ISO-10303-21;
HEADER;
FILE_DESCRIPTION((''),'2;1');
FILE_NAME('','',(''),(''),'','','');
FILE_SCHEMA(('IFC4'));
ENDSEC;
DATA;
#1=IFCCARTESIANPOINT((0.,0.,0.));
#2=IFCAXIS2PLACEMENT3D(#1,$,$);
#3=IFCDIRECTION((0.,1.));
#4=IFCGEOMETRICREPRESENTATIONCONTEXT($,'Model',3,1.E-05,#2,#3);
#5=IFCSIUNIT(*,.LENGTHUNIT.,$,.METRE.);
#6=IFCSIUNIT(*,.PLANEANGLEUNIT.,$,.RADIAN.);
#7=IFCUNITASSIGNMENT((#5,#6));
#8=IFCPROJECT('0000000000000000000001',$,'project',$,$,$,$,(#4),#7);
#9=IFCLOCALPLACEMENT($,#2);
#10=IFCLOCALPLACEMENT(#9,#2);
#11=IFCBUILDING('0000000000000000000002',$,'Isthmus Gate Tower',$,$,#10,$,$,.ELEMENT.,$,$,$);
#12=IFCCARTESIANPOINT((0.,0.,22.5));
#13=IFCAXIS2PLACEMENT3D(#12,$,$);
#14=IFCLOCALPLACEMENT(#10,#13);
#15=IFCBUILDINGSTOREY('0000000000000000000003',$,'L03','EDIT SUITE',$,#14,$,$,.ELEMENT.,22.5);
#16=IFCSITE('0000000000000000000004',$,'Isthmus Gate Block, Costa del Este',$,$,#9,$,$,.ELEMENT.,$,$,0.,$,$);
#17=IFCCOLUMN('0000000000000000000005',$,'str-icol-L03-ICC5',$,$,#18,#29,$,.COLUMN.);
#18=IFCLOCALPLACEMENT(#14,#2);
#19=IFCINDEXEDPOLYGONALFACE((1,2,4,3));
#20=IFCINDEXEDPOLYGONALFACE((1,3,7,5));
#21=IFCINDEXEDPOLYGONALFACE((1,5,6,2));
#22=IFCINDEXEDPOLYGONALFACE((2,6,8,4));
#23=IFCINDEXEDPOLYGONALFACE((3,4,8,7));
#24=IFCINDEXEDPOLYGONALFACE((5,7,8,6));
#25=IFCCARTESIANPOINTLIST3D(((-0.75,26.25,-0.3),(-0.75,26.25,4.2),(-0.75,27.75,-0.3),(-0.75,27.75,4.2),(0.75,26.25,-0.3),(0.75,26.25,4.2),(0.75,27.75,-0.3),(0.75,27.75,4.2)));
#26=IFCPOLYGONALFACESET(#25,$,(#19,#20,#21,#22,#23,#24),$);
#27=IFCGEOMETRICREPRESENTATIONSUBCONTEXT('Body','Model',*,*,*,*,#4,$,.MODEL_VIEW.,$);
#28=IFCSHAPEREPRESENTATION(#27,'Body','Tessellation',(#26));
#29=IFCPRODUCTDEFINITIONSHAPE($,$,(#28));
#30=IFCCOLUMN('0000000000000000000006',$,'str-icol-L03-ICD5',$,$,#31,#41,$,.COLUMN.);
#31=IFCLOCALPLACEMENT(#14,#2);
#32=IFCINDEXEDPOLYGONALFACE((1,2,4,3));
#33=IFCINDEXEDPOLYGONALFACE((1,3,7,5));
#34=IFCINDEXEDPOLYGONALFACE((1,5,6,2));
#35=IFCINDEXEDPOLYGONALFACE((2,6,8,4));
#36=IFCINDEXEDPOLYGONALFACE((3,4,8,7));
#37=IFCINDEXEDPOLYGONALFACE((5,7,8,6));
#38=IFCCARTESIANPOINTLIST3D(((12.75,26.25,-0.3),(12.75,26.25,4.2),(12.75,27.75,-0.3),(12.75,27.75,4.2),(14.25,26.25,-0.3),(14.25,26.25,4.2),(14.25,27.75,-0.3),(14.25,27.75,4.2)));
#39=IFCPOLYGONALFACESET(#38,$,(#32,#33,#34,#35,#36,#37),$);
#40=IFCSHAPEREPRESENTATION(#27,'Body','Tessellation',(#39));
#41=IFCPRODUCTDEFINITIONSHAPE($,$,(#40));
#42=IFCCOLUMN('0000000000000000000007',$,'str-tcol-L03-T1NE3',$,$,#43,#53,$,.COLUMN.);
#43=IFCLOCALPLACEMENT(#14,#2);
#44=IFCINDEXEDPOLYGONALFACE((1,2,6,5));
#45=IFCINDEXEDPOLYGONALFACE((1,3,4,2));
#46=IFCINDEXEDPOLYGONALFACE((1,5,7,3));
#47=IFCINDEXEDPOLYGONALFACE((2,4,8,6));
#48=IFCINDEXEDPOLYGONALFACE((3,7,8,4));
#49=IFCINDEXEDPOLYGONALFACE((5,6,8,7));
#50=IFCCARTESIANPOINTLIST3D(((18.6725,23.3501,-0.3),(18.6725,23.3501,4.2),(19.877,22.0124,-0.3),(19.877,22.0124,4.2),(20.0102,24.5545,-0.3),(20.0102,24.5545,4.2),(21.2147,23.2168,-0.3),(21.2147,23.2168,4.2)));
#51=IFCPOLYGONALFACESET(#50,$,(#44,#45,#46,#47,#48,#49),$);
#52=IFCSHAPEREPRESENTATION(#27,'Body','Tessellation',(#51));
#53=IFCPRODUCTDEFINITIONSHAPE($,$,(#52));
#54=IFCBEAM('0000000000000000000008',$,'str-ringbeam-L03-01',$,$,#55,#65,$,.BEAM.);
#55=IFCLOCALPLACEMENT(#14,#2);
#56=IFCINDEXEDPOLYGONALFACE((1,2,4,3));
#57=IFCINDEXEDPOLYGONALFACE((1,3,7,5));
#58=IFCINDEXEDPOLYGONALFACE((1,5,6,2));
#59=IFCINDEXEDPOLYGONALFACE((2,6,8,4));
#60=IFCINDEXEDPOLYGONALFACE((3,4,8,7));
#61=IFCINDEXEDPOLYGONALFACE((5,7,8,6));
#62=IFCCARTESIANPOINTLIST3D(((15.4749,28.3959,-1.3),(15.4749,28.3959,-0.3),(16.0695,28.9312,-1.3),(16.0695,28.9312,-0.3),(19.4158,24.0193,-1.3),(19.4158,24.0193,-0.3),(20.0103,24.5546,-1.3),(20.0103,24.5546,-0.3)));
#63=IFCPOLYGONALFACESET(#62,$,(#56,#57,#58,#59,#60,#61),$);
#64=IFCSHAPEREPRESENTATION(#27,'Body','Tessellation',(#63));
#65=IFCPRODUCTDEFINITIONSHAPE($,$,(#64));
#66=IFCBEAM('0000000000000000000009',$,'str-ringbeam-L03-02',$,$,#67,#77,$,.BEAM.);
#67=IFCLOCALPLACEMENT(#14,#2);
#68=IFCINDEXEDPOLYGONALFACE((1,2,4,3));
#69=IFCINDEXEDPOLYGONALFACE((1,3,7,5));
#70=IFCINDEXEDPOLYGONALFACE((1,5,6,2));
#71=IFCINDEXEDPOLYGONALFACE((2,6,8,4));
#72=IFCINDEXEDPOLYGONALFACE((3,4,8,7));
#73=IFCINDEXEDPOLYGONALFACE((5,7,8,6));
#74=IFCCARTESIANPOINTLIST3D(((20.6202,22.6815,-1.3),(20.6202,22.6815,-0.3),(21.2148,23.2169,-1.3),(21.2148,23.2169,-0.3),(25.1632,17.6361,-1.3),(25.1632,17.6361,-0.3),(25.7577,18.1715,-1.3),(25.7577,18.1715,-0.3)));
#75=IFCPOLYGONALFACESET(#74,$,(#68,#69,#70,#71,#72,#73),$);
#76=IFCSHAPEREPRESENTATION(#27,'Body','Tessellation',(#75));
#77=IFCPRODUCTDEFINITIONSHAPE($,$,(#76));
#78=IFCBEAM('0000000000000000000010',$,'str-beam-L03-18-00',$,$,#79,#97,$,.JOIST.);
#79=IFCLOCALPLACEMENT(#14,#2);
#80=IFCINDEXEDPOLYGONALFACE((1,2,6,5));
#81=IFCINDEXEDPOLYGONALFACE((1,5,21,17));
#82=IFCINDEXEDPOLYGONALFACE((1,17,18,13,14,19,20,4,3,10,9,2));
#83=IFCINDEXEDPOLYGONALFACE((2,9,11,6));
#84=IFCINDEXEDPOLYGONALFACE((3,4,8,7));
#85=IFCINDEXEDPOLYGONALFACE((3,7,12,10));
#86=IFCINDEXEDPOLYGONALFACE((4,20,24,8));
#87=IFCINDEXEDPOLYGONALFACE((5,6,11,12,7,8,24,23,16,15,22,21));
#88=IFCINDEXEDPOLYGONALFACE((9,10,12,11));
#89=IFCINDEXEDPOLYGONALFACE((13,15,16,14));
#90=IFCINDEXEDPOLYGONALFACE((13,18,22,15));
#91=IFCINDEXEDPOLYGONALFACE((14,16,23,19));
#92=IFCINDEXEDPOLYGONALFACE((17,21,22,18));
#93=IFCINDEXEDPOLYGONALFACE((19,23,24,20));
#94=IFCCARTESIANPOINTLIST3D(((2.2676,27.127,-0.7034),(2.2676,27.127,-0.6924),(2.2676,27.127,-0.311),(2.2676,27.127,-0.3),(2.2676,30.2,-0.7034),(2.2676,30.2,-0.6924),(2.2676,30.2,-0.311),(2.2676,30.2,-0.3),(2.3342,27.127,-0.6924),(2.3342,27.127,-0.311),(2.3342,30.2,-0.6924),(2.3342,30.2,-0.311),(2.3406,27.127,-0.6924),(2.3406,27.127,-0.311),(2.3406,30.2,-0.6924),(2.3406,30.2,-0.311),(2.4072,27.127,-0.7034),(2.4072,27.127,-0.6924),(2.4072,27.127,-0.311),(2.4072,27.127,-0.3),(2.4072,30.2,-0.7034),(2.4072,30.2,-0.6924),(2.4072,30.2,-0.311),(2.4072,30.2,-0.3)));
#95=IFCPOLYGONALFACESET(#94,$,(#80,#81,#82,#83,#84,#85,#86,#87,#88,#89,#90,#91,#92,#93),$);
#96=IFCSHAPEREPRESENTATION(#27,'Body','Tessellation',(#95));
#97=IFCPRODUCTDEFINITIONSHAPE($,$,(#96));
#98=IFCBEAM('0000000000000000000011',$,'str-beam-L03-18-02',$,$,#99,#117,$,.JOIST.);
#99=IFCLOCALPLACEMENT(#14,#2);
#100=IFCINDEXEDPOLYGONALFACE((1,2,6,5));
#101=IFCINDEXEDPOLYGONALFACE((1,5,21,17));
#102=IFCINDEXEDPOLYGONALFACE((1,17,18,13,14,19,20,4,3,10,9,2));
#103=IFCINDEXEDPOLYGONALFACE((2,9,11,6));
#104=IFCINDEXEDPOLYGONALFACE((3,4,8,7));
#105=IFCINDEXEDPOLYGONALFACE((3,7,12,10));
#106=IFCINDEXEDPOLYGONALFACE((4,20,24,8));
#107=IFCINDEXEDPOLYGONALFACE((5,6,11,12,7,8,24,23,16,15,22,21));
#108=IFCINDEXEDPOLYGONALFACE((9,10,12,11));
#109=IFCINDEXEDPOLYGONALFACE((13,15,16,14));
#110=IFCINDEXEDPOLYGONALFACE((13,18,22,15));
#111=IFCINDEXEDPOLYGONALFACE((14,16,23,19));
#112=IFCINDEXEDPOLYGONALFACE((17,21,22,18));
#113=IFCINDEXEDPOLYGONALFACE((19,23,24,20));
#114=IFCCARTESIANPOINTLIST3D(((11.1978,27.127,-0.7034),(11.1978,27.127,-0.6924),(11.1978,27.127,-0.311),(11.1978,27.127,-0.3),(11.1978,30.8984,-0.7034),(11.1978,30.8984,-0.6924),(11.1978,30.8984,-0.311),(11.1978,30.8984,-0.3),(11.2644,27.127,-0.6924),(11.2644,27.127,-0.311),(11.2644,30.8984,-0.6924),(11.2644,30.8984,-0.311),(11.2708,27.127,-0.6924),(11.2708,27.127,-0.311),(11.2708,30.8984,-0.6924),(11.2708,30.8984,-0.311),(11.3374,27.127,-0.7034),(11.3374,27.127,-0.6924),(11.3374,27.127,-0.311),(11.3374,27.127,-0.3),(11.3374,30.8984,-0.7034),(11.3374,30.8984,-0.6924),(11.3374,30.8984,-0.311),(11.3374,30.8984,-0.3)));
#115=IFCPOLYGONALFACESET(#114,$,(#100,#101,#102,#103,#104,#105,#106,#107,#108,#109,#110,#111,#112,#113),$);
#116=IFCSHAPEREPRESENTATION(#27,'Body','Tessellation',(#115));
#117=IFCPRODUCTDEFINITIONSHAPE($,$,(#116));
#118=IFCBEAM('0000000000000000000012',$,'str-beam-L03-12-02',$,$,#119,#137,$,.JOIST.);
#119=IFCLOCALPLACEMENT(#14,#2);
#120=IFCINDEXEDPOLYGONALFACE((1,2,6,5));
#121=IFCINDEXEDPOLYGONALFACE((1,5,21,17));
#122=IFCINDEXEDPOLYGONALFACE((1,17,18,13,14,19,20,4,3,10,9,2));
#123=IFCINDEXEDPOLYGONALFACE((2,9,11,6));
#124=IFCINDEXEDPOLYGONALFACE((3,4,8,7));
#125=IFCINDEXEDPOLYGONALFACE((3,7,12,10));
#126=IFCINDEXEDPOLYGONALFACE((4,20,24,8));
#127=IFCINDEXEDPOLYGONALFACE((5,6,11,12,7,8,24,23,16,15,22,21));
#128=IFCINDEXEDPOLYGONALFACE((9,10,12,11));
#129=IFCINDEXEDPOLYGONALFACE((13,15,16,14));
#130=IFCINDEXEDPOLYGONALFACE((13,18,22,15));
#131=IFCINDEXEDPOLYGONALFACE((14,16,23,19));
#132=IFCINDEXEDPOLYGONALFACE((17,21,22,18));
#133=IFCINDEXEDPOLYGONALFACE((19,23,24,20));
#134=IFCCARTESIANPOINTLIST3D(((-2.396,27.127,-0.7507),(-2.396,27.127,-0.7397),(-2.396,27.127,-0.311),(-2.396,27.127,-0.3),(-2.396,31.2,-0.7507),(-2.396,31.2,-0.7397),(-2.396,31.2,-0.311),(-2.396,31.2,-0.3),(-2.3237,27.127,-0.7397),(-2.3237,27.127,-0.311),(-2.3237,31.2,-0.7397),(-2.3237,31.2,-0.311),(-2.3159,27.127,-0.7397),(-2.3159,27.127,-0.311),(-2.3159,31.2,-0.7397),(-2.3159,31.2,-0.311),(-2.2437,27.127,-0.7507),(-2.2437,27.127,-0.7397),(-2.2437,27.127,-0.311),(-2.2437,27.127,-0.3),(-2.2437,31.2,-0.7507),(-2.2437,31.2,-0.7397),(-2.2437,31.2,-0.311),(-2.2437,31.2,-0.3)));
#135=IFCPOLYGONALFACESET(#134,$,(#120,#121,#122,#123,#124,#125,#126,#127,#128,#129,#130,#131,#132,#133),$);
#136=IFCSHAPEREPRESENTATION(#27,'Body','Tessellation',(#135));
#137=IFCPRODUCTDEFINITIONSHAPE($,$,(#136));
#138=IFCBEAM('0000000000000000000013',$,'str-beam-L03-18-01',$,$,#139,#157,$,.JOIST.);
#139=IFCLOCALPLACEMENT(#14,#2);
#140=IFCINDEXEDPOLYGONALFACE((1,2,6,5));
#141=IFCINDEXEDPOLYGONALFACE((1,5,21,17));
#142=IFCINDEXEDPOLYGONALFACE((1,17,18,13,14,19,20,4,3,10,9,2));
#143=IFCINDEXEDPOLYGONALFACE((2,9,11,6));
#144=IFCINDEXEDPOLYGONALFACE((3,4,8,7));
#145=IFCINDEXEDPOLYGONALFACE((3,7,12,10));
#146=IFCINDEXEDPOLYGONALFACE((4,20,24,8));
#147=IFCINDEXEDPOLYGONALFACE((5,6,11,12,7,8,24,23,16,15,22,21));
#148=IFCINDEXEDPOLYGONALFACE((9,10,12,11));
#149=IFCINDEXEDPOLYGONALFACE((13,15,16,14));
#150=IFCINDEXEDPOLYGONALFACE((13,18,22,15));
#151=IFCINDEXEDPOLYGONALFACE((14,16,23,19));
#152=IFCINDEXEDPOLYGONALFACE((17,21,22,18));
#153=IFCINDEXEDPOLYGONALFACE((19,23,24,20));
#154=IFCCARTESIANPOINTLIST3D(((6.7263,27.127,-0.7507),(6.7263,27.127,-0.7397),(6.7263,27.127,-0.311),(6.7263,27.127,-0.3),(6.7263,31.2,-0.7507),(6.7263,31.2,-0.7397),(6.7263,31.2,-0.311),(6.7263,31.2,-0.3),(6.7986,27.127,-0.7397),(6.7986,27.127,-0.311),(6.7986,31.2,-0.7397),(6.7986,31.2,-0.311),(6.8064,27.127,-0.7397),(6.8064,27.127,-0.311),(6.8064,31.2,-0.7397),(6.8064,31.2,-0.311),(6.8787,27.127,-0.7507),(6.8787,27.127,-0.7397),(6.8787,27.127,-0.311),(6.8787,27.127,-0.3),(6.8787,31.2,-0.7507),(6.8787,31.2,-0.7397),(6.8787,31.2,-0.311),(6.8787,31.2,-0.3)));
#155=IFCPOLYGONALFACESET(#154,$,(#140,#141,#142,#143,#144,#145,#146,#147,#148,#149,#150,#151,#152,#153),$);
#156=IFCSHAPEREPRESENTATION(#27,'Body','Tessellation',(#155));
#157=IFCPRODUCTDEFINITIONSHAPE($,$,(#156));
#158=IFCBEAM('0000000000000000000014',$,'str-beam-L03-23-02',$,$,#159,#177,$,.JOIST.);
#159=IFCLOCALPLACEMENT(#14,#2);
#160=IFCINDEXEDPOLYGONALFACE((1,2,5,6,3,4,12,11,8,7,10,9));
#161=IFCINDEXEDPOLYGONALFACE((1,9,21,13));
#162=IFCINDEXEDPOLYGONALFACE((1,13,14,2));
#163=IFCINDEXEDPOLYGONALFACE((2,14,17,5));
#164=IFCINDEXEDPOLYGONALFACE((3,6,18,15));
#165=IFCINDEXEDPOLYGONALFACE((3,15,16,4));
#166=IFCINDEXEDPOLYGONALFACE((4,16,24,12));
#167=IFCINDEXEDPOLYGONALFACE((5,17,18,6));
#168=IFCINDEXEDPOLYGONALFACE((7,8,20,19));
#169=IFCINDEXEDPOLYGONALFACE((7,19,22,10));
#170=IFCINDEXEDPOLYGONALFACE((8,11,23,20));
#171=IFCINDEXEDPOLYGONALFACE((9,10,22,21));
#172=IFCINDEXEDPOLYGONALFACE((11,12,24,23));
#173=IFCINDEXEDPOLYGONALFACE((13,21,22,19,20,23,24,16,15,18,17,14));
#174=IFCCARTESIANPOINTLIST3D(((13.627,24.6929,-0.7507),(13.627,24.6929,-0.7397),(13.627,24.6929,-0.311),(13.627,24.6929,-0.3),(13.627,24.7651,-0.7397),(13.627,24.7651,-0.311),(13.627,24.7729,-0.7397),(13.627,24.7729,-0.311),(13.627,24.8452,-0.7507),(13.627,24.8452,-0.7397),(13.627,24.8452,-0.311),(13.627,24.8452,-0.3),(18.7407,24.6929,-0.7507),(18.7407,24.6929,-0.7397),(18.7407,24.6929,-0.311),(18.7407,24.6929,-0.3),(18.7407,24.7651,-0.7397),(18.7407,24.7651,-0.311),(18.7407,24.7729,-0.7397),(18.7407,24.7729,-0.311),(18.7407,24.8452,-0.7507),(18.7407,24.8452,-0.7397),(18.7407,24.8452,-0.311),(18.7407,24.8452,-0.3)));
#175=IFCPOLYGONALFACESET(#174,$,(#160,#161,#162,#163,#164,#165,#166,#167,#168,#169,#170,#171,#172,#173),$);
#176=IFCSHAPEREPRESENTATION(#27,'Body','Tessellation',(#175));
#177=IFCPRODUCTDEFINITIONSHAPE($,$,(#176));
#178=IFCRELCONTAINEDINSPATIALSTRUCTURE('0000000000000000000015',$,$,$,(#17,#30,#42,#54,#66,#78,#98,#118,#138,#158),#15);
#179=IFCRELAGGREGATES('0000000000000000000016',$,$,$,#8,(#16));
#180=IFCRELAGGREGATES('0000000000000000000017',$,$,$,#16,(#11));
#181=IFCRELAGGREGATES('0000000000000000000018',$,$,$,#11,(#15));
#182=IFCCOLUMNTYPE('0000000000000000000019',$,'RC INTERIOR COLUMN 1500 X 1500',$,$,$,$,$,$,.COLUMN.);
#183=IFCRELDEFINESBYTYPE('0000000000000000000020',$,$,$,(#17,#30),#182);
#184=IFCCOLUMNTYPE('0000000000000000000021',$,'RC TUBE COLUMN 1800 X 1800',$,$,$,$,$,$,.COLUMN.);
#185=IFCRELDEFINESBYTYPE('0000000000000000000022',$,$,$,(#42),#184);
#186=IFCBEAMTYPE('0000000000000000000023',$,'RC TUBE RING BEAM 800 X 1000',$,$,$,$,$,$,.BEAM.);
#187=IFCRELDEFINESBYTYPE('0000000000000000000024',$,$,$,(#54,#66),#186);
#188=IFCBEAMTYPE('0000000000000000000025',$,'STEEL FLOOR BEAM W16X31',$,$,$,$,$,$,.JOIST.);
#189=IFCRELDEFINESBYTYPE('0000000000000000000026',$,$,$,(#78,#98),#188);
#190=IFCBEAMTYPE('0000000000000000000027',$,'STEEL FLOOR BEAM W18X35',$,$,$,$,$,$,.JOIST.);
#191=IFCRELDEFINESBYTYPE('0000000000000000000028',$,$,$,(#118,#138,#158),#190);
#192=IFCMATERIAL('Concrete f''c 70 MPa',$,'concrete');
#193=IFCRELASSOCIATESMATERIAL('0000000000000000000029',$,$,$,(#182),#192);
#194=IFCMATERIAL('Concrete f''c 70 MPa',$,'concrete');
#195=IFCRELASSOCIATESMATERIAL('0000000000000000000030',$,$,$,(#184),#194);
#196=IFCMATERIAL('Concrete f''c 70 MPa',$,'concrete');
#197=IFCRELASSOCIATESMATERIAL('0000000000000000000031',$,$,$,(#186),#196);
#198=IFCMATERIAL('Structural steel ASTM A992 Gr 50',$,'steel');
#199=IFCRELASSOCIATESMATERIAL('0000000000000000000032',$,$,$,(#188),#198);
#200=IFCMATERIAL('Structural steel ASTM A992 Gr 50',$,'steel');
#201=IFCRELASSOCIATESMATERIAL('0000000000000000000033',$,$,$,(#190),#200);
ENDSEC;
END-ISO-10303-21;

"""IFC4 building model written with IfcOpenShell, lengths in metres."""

from ifc_helpers import new_model, si_unit, direction, frame, origin, origin_2d, place, context, subcontext, project, spatial, rectangle, i_section, extrude, material, material_profile, profile_set, type_object, element, save


model = new_model("IFC4")

# Units and contexts
model_context = context("Model", 3, precision=1e-05, world=origin(), true_north=direction((0.0, 1.0)))
body_context = subcontext(model_context, "Body", "Model", "MODEL_VIEW")
ifc_project = project(units=[si_unit("LENGTHUNIT", "METRE"), si_unit("PLANEANGLEUNIT", "RADIAN")], contexts=[model_context])

# Site, building, storey
site_placement = place(None, origin())
site = spatial("IfcSite", under=ifc_project, at=site_placement, Name="Isthmus Gate Block, Costa del Este", CompositionType="ELEMENT", RefElevation=0.0)
building_placement = place(site_placement, origin())
building = spatial("IfcBuilding", under=site, at=building_placement, Name="Isthmus Gate Tower", CompositionType="ELEMENT")
storey_placement = place(building_placement, frame((0.0, 0.0, 22.5)))
storey = spatial("IfcBuildingStorey", under=building, at=storey_placement, Name="L03", Description="EDIT SUITE", CompositionType="ELEMENT", Elevation=22.5)

# Columns
ifc_material_1 = material(Name="Concrete f'c 70 MPa", Category="concrete")
ifc_material_profile_1 = material_profile(ifc_material_1, rectangle(XDim=1.5, YDim=1.5, at=origin_2d()), Name="RC 1500X1500")
ifc_profile_set_1 = profile_set([ifc_material_profile_1], Name="Concrete f'c 70 MPa")
column_type_1 = type_object("IfcColumnType", Name="RC INTERIOR COLUMN 1500 X 1500", PredefinedType="COLUMN", material=ifc_profile_set_1)
for number, where, z_axis, x_axis, name in (
    (1, (0.0, 27.0, -0.3), (0.0, 0.0, 1.0), (1.0, 0.0, 0.0), "str-icol-L03-ICC5"),
    (2, (13.5, 27.0, -0.3), (0.0, 0.0, 1.0), (1.0, 0.0, 0.0), "str-icol-L03-ICD5"),
):
    element("IfcColumn", number, at=place(storey_placement, frame(where, z_axis=z_axis, x_axis=x_axis)), inside=storey, type_object=column_type_1, Name=name, PredefinedType="COLUMN", context=body_context, shape_type="SweptSolid", body=[
        extrude(rectangle(XDim=1.5, YDim=1.5, at=origin_2d()), origin(), (0.0, 0.0, 1.0), 4.5),
    ])
ifc_material_2 = material(Name="Concrete f'c 70 MPa", Category="concrete")
ifc_material_profile_2 = material_profile(ifc_material_2, rectangle(XDim=1.8, YDim=1.8, at=origin_2d()), Name="RC 1800X1800")
ifc_profile_set_2 = profile_set([ifc_material_profile_2], Name="Concrete f'c 70 MPa")
column_type_2 = type_object("IfcColumnType", Name="RC TUBE COLUMN 1800 X 1800", PredefinedType="COLUMN", material=ifc_profile_set_2)
column_placement = place(storey_placement, frame((19.9436, 23.2834, -0.3), z_axis=(0.0, 0.0, 1.0), x_axis=(-0.669131, 0.743145, 0.0)))
element("IfcColumn", 3, at=column_placement, inside=storey, type_object=column_type_2, Name="str-tcol-L03-T1NE3", PredefinedType="COLUMN", context=body_context, shape_type="SweptSolid", body=[
    extrude(rectangle(XDim=1.8, YDim=1.8, at=origin_2d()), origin(), (0.0, 0.0, 1.0), 4.5),
])

# Beams
ifc_material_3 = material(Name="Concrete f'c 70 MPa", Category="concrete")
ifc_material_profile_3 = material_profile(ifc_material_3, rectangle(XDim=0.8, YDim=1.0, at=origin_2d()), Name="RC 800X1000")
ifc_profile_set_3 = profile_set([ifc_material_profile_3], Name="Concrete f'c 70 MPa")
beam_type_1 = type_object("IfcBeamType", Name="RC TUBE RING BEAM 800 X 1000", PredefinedType="BEAM", material=ifc_profile_set_3)
beam_1_placement = place(storey_placement, frame((15.7722, 28.6636, -0.8), z_axis=(0.669141, -0.743135, 0.0), x_axis=(0.743135, 0.669141, 0.0)))
element("IfcBeam", 4, at=beam_1_placement, inside=storey, type_object=beam_type_1, Name="str-ringbeam-L03-01", PredefinedType="BEAM", context=body_context, shape_type="SweptSolid", body=[
    extrude(rectangle(XDim=0.8, YDim=1.0, at=origin_2d()), origin(), (0.0, 0.0, 1.0), 5.8894),
])
beam_2_placement = place(storey_placement, frame((20.9175, 22.9492, -0.8), z_axis=(0.669136, -0.74314, 0.0), x_axis=(0.74314, 0.669136, 0.0)))
element("IfcBeam", 5, at=beam_2_placement, inside=storey, type_object=beam_type_1, Name="str-ringbeam-L03-02", PredefinedType="BEAM", context=body_context, shape_type="SweptSolid", body=[
    extrude(rectangle(XDim=0.8, YDim=1.0, at=origin_2d()), origin(), (0.0, 0.0, 1.0), 6.7893),
])
ifc_material_4 = material(Name="Structural steel ASTM A992 Gr 50", Category="steel")
ifc_material_profile_4 = material_profile(ifc_material_4, i_section(OverallWidth=0.1396, OverallDepth=0.4033, WebThickness=0.0063, FlangeThickness=0.011, at=origin_2d()), Name="W16X31")
ifc_profile_set_4 = profile_set([ifc_material_profile_4], Name="Structural steel ASTM A992 Gr 50")
beam_type_2 = type_object("IfcBeamType", Name="STEEL FLOOR BEAM W16X31", PredefinedType="JOIST", material=ifc_profile_set_4)
beam_3_placement = place(storey_placement, frame((2.3374, 27.127, -0.5017), z_axis=(0.0, 1.0, 0.0), x_axis=(-1.0, 0.0, 0.0)))
element("IfcBeam", 6, at=beam_3_placement, inside=storey, type_object=beam_type_2, Name="str-beam-L03-18-00", PredefinedType="JOIST", context=body_context, shape_type="SweptSolid", body=[
    extrude(i_section(OverallWidth=0.1396, OverallDepth=0.4033, WebThickness=0.0063, FlangeThickness=0.011, at=origin_2d()), origin(), (0.0, 0.0, 1.0), 3.073),
])
beam_4_placement = place(storey_placement, frame((11.2676, 27.127, -0.5017), z_axis=(0.0, 1.0, 0.0), x_axis=(-1.0, 0.0, 0.0)))
element("IfcBeam", 7, at=beam_4_placement, inside=storey, type_object=beam_type_2, Name="str-beam-L03-18-02", PredefinedType="JOIST", context=body_context, shape_type="SweptSolid", body=[
    extrude(i_section(OverallWidth=0.1396, OverallDepth=0.4033, WebThickness=0.0063, FlangeThickness=0.011, at=origin_2d()), origin(), (0.0, 0.0, 1.0), 3.7715),
])
ifc_material_5 = material(Name="Structural steel ASTM A992 Gr 50", Category="steel")
ifc_material_profile_5 = material_profile(ifc_material_5, i_section(OverallWidth=0.1523, OverallDepth=0.4507, WebThickness=0.0078, FlangeThickness=0.011, at=origin_2d()), Name="W18X35")
ifc_profile_set_5 = profile_set([ifc_material_profile_5], Name="Structural steel ASTM A992 Gr 50")
beam_type_3 = type_object("IfcBeamType", Name="STEEL FLOOR BEAM W18X35", PredefinedType="JOIST", material=ifc_profile_set_5)
for number, where, z_axis, x_axis, name in (
    (8, (-2.3198, 27.127, -0.5254), (0.0, 1.0, 0.0), (-1.0, 0.0, 0.0), "str-beam-L03-12-02"),
    (9, (6.8025, 27.127, -0.5254), (0.0, 1.0, 0.0), (-1.0, 0.0, 0.0), "str-beam-L03-18-01"),
):
    element("IfcBeam", number, at=place(storey_placement, frame(where, z_axis=z_axis, x_axis=x_axis)), inside=storey, type_object=beam_type_3, Name=name, PredefinedType="JOIST", context=body_context, shape_type="SweptSolid", body=[
        extrude(i_section(OverallWidth=0.1523, OverallDepth=0.4507, WebThickness=0.0078, FlangeThickness=0.011, at=origin_2d()), origin(), (0.0, 0.0, 1.0), 4.073),
    ])
beam_5_placement = place(storey_placement, frame((13.627, 24.769, -0.5254), z_axis=(1.0, 0.0, 0.0), x_axis=(0.0, 1.0, 0.0)))
element("IfcBeam", 10, at=beam_5_placement, inside=storey, type_object=beam_type_3, Name="str-beam-L03-23-02", PredefinedType="JOIST", context=body_context, shape_type="SweptSolid", body=[
    extrude(i_section(OverallWidth=0.1523, OverallDepth=0.4507, WebThickness=0.0078, FlangeThickness=0.011, at=origin_2d()), origin(), (0.0, 0.0, 1.0), 5.1138),
])

save(model, "model.ifc")
